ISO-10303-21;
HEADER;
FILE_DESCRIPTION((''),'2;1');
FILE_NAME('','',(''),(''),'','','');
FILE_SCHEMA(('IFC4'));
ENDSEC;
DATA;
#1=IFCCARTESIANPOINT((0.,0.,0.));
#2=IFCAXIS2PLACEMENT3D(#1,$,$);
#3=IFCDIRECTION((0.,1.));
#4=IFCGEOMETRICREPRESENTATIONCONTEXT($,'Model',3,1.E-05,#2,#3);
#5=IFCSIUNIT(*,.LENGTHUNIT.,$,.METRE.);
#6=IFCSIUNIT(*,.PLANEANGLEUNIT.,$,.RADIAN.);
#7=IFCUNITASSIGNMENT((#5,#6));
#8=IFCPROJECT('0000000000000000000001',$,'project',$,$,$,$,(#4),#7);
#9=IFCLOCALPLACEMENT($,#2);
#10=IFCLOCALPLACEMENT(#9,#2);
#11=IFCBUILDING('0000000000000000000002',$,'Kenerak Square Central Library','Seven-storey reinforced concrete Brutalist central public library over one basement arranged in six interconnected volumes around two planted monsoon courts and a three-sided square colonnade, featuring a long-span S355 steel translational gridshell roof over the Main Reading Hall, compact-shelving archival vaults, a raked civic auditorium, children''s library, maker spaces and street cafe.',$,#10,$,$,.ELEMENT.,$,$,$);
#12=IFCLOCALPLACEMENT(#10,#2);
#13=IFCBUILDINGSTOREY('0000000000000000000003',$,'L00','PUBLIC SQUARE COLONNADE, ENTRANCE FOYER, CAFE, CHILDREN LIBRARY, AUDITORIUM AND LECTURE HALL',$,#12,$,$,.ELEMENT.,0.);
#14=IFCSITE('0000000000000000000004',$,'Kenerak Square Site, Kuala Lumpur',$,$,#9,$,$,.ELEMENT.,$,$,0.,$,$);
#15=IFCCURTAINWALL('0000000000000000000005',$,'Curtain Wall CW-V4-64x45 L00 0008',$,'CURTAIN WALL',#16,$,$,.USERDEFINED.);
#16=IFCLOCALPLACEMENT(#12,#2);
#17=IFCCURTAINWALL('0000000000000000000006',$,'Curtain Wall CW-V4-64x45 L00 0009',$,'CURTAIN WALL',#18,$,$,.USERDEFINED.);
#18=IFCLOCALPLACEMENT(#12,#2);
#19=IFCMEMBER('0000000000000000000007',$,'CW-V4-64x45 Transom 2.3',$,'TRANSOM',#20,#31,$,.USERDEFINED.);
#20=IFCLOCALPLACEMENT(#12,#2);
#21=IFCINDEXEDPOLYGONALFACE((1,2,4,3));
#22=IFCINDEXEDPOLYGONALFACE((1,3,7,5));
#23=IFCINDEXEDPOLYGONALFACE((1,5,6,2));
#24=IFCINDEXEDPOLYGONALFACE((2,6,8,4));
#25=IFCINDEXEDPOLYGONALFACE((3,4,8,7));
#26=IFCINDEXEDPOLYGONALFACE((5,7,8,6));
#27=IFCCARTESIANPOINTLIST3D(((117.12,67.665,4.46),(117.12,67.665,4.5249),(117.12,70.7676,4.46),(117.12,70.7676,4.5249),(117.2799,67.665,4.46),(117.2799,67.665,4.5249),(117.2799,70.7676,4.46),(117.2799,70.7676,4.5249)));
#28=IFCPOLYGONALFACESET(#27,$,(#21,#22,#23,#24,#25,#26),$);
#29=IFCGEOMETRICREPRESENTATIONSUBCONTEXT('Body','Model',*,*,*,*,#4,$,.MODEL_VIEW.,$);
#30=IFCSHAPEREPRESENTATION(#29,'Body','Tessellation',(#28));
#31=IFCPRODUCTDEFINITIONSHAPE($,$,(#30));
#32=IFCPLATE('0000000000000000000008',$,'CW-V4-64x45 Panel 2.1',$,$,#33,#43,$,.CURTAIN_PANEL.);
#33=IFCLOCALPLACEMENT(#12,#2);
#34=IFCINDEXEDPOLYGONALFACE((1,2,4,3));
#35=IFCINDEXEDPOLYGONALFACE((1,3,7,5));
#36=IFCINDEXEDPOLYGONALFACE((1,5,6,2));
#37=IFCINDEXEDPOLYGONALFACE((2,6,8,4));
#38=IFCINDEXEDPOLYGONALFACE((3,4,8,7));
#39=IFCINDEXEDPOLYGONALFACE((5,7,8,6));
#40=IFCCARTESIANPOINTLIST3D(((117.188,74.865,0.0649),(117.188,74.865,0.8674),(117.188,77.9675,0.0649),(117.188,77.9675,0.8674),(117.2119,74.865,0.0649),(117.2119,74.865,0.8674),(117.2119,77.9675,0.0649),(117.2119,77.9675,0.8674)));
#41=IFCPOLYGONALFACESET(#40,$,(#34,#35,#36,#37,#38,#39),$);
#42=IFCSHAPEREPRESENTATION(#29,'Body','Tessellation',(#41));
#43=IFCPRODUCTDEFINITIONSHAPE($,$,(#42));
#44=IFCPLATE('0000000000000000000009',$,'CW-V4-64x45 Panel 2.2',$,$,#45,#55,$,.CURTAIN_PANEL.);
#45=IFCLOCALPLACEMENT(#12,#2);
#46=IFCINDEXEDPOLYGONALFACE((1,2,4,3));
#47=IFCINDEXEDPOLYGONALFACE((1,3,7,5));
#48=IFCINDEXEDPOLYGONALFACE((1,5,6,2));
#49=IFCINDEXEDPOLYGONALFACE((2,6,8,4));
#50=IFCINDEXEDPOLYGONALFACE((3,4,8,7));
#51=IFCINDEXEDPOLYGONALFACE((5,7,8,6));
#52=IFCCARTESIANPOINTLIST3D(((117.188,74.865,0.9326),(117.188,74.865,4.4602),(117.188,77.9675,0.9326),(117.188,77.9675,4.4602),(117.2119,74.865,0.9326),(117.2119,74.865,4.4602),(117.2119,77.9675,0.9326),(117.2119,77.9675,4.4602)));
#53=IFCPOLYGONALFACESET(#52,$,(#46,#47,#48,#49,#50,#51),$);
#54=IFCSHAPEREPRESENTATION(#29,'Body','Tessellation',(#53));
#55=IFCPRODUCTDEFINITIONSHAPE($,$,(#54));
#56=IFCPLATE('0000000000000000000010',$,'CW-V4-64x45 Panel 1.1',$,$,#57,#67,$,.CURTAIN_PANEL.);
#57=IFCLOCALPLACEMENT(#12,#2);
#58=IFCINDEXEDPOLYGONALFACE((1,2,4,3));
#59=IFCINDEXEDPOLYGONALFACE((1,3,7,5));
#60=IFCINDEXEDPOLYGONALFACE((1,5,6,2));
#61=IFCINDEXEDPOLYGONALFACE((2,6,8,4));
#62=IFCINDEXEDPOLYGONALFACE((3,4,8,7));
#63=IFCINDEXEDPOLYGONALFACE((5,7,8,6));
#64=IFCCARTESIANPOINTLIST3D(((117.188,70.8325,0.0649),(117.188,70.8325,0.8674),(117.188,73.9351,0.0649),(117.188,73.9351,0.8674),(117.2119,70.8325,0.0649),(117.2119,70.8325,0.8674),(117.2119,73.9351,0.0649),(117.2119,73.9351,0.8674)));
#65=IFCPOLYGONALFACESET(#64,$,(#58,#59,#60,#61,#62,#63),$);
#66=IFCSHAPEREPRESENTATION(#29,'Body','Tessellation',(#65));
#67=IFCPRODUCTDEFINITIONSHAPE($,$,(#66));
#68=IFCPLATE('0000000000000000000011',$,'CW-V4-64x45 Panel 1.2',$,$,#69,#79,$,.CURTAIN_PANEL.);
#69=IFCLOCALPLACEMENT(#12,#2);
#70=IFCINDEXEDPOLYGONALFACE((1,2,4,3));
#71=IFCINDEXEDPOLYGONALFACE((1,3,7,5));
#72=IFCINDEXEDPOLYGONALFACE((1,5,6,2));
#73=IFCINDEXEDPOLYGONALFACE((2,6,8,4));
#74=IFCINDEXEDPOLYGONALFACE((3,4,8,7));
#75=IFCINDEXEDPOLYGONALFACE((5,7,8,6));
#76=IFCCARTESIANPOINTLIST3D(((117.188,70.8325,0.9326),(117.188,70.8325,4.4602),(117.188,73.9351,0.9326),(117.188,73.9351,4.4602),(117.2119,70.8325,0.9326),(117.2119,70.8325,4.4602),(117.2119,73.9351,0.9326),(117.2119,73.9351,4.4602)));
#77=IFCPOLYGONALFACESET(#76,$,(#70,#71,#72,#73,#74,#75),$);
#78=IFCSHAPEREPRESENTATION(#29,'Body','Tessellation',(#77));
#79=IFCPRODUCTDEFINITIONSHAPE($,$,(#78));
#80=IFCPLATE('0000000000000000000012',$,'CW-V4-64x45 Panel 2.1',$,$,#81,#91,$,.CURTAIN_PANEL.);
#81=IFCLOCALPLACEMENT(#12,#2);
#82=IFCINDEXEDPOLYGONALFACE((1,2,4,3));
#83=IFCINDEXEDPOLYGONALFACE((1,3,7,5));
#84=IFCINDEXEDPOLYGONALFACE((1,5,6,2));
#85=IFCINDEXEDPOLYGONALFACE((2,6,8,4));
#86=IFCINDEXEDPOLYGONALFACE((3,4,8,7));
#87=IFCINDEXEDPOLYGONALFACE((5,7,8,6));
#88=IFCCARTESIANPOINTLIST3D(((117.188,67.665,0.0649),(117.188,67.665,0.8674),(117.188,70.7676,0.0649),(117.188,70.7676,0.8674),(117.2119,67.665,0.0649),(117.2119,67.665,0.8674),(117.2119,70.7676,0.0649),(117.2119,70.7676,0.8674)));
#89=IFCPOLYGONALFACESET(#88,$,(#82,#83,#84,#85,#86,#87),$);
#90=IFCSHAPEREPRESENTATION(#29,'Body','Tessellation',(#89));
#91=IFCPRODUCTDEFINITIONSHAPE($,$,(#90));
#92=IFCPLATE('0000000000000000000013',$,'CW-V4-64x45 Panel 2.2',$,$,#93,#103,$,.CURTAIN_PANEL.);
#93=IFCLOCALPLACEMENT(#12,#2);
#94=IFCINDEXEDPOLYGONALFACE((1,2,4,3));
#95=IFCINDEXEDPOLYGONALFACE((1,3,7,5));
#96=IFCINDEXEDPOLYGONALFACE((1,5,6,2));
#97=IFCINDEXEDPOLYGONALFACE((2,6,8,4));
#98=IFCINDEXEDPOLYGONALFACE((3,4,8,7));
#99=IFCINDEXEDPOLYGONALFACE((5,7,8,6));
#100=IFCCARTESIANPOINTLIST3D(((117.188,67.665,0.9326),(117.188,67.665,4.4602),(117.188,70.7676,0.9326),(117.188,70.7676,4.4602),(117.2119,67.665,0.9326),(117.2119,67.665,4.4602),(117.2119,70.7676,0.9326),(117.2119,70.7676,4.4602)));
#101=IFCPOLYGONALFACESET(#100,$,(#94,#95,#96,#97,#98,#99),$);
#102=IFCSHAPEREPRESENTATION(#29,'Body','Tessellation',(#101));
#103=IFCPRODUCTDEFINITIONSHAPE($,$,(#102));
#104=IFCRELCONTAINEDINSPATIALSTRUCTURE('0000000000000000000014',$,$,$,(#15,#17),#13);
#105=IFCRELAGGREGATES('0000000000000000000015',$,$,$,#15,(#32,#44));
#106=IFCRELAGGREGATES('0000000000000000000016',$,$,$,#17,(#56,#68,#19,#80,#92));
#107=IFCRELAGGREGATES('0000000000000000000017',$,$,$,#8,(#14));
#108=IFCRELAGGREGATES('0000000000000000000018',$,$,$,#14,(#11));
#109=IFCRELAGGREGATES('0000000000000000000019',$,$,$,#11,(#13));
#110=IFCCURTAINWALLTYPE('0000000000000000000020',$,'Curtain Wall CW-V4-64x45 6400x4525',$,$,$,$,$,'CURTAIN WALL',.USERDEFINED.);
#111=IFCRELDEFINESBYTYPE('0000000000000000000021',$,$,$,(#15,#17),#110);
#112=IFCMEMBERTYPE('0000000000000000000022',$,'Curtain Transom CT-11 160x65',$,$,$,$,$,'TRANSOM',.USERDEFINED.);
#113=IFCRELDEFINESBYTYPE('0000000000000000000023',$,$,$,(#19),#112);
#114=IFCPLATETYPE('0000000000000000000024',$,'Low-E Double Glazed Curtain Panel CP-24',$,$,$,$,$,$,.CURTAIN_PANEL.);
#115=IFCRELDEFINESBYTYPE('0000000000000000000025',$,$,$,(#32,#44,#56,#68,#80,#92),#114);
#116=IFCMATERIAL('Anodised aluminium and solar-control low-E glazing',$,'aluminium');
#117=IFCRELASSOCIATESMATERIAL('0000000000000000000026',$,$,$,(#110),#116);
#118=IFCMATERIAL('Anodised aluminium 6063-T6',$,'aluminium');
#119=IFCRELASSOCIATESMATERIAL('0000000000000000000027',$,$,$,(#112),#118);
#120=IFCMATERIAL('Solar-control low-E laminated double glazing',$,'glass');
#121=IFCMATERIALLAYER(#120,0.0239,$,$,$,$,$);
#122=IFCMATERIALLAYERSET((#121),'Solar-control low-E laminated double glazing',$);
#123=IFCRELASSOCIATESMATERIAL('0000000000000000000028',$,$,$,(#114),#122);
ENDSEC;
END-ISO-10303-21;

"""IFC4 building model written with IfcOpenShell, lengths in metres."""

from ifc_helpers import new_model, si_unit, direction, frame, origin, origin_2d, place, context, subcontext, project, spatial, rectangle, extrude, material, layer, layer_set, material_profile, profile_set, type_object, element, aggregate, save


model = new_model("IFC4")

# Units and contexts
model_context = context("Model", 3, precision=1e-05, world=origin(), true_north=direction((0.0, 1.0)))
body_context = subcontext(model_context, "Body", "Model", "MODEL_VIEW")
ifc_project = project(units=[si_unit("LENGTHUNIT", "METRE"), si_unit("PLANEANGLEUNIT", "RADIAN")], contexts=[model_context])

# Site, building, storey
site_placement = place(None, origin())
site = spatial("IfcSite", under=ifc_project, at=site_placement, Name="Kenerak Square Site, Kuala Lumpur", CompositionType="ELEMENT", RefElevation=0.0)
building_placement = place(site_placement, origin())
building = spatial("IfcBuilding", under=site, at=building_placement, Name="Kenerak Square Central Library", Description="Seven-storey reinforced concrete Brutalist central public library over one basement arranged in six interconnected volumes around two planted monsoon courts and a three-sided square colonnade, featuring a long-span S355 steel translational gridshell roof over the Main Reading Hall, compact-shelving archival vaults, a raked civic auditorium, children's library, maker spaces and street cafe.", CompositionType="ELEMENT")
storey_placement = place(building_placement, origin())
storey = spatial("IfcBuildingStorey", under=building, at=storey_placement, Name="L00", Description="PUBLIC SQUARE COLONNADE, ENTRANCE FOYER, CAFE, CHILDREN LIBRARY, AUDITORIUM AND LECTURE HALL", CompositionType="ELEMENT", Elevation=0.0)

# Curtain wall
ifc_material_1 = material(Name="Anodised aluminium and solar-control low-E glazing", Category="aluminium")
curtain_wall_type = type_object("IfcCurtainWallType", Name="Curtain Wall CW-V4-64x45 6400x4525", ElementType="CURTAIN WALL", PredefinedType="USERDEFINED", material=ifc_material_1)
curtain_wall_1_placement = place(storey_placement, origin())
curtain_wall_1 = element("IfcCurtainWall", 1, at=curtain_wall_1_placement, inside=storey, type_object=curtain_wall_type, Name="Curtain Wall CW-V4-64x45 L00 0008", ObjectType="CURTAIN WALL", PredefinedType="USERDEFINED")
ifc_material_2 = material(Name="Anodised aluminium 6063-T6", Category="aluminium")

# Curtain wall
curtain_wall_2_placement = place(storey_placement, origin())
curtain_wall_2 = element("IfcCurtainWall", 2, at=curtain_wall_2_placement, inside=storey, type_object=curtain_wall_type, Name="Curtain Wall CW-V4-64x45 L00 0009", ObjectType="CURTAIN WALL", PredefinedType="USERDEFINED")

# Member
ifc_material_profile_1 = material_profile(ifc_material_2, rectangle(XDim=0.1599, YDim=0.0649, at=origin_2d()), Name="AL TRANSOM 160x65")
ifc_profile_set_1 = profile_set([ifc_material_profile_1], Name="Anodised aluminium 6063-T6")
member_type_1 = type_object("IfcMemberType", Name="Curtain Transom CT-11 160x65", ElementType="TRANSOM", PredefinedType="USERDEFINED", material=ifc_profile_set_1)
member_1_placement = place(storey_placement, frame((117.2, 70.7676, 4.4924), z_axis=(0.0, -1.0, 0.0), x_axis=(1.0, 0.0, 0.0)))
member_1 = element("IfcMember", 3, at=member_1_placement, type_object=member_type_1, Name="CW-V4-64x45 Transom 2.3", ObjectType="TRANSOM", PredefinedType="USERDEFINED", context=body_context, shape_type="SweptSolid", body=[
    extrude(rectangle(XDim=0.1599, YDim=0.0649, at=origin_2d()), origin(), (0.0, 0.0, 1.0), 3.1025),
])

# Plates
ifc_material_3 = material(Name="Solar-control low-E laminated double glazing", Category="glass")
ifc_layer = layer(ifc_material_3, 0.0239)
ifc_layer_set = layer_set([ifc_layer], Name="Solar-control low-E laminated double glazing")
plate_type = type_object("IfcPlateType", Name="Low-E Double Glazed Curtain Panel CP-24", PredefinedType="CURTAIN_PANEL", material=ifc_layer_set)
plate_1_placement = place(storey_placement, frame((117.2, 76.4163, 0.0649), z_axis=(0.0, 0.0, 1.0), x_axis=(0.0, -1.0, 0.0)))
plate_1 = element("IfcPlate", 4, at=plate_1_placement, type_object=plate_type, Name="CW-V4-64x45 Panel 2.1", PredefinedType="CURTAIN_PANEL", context=body_context, shape_type="SweptSolid", body=[
    extrude(rectangle(XDim=3.1025, YDim=0.0239, at=origin_2d()), origin(), (0.0, 0.0, 1.0), 0.8025),
])
plate_2_placement = place(storey_placement, frame((117.2, 76.4163, 0.9326), z_axis=(0.0, 0.0, 1.0), x_axis=(0.0, -1.0, 0.0)))
plate_2 = element("IfcPlate", 5, at=plate_2_placement, type_object=plate_type, Name="CW-V4-64x45 Panel 2.2", PredefinedType="CURTAIN_PANEL", context=body_context, shape_type="SweptSolid", body=[
    extrude(rectangle(XDim=3.1025, YDim=0.0239, at=origin_2d()), origin(), (0.0, 0.0, 1.0), 3.5276),
])
aggregate(curtain_wall_1, [plate_1, plate_2])
plate_3_placement = place(storey_placement, frame((117.2, 72.3838, 0.0649), z_axis=(0.0, 0.0, 1.0), x_axis=(0.0, -1.0, 0.0)))
plate_3 = element("IfcPlate", 6, at=plate_3_placement, type_object=plate_type, Name="CW-V4-64x45 Panel 1.1", PredefinedType="CURTAIN_PANEL", context=body_context, shape_type="SweptSolid", body=[
    extrude(rectangle(XDim=3.1025, YDim=0.0239, at=origin_2d()), origin(), (0.0, 0.0, 1.0), 0.8025),
])
plate_4_placement = place(storey_placement, frame((117.2, 72.3838, 0.9326), z_axis=(0.0, 0.0, 1.0), x_axis=(0.0, -1.0, 0.0)))
plate_4 = element("IfcPlate", 7, at=plate_4_placement, type_object=plate_type, Name="CW-V4-64x45 Panel 1.2", PredefinedType="CURTAIN_PANEL", context=body_context, shape_type="SweptSolid", body=[
    extrude(rectangle(XDim=3.1025, YDim=0.0239, at=origin_2d()), origin(), (0.0, 0.0, 1.0), 3.5276),
])
plate_5_placement = place(storey_placement, frame((117.2, 69.2163, 0.0649), z_axis=(0.0, 0.0, 1.0), x_axis=(0.0, -1.0, 0.0)))
plate_5 = element("IfcPlate", 8, at=plate_5_placement, type_object=plate_type, Name="CW-V4-64x45 Panel 2.1", PredefinedType="CURTAIN_PANEL", context=body_context, shape_type="SweptSolid", body=[
    extrude(rectangle(XDim=3.1025, YDim=0.0239, at=origin_2d()), origin(), (0.0, 0.0, 1.0), 0.8025),
])
plate_6_placement = place(storey_placement, frame((117.2, 69.2163, 0.9326), z_axis=(0.0, 0.0, 1.0), x_axis=(0.0, -1.0, 0.0)))
plate_6 = element("IfcPlate", 9, at=plate_6_placement, type_object=plate_type, Name="CW-V4-64x45 Panel 2.2", PredefinedType="CURTAIN_PANEL", context=body_context, shape_type="SweptSolid", body=[
    extrude(rectangle(XDim=3.1025, YDim=0.0239, at=origin_2d()), origin(), (0.0, 0.0, 1.0), 3.5276),
])
aggregate(curtain_wall_2, [plate_3, plate_4, member_1, plate_5, plate_6])

save(model, "model.ifc")
